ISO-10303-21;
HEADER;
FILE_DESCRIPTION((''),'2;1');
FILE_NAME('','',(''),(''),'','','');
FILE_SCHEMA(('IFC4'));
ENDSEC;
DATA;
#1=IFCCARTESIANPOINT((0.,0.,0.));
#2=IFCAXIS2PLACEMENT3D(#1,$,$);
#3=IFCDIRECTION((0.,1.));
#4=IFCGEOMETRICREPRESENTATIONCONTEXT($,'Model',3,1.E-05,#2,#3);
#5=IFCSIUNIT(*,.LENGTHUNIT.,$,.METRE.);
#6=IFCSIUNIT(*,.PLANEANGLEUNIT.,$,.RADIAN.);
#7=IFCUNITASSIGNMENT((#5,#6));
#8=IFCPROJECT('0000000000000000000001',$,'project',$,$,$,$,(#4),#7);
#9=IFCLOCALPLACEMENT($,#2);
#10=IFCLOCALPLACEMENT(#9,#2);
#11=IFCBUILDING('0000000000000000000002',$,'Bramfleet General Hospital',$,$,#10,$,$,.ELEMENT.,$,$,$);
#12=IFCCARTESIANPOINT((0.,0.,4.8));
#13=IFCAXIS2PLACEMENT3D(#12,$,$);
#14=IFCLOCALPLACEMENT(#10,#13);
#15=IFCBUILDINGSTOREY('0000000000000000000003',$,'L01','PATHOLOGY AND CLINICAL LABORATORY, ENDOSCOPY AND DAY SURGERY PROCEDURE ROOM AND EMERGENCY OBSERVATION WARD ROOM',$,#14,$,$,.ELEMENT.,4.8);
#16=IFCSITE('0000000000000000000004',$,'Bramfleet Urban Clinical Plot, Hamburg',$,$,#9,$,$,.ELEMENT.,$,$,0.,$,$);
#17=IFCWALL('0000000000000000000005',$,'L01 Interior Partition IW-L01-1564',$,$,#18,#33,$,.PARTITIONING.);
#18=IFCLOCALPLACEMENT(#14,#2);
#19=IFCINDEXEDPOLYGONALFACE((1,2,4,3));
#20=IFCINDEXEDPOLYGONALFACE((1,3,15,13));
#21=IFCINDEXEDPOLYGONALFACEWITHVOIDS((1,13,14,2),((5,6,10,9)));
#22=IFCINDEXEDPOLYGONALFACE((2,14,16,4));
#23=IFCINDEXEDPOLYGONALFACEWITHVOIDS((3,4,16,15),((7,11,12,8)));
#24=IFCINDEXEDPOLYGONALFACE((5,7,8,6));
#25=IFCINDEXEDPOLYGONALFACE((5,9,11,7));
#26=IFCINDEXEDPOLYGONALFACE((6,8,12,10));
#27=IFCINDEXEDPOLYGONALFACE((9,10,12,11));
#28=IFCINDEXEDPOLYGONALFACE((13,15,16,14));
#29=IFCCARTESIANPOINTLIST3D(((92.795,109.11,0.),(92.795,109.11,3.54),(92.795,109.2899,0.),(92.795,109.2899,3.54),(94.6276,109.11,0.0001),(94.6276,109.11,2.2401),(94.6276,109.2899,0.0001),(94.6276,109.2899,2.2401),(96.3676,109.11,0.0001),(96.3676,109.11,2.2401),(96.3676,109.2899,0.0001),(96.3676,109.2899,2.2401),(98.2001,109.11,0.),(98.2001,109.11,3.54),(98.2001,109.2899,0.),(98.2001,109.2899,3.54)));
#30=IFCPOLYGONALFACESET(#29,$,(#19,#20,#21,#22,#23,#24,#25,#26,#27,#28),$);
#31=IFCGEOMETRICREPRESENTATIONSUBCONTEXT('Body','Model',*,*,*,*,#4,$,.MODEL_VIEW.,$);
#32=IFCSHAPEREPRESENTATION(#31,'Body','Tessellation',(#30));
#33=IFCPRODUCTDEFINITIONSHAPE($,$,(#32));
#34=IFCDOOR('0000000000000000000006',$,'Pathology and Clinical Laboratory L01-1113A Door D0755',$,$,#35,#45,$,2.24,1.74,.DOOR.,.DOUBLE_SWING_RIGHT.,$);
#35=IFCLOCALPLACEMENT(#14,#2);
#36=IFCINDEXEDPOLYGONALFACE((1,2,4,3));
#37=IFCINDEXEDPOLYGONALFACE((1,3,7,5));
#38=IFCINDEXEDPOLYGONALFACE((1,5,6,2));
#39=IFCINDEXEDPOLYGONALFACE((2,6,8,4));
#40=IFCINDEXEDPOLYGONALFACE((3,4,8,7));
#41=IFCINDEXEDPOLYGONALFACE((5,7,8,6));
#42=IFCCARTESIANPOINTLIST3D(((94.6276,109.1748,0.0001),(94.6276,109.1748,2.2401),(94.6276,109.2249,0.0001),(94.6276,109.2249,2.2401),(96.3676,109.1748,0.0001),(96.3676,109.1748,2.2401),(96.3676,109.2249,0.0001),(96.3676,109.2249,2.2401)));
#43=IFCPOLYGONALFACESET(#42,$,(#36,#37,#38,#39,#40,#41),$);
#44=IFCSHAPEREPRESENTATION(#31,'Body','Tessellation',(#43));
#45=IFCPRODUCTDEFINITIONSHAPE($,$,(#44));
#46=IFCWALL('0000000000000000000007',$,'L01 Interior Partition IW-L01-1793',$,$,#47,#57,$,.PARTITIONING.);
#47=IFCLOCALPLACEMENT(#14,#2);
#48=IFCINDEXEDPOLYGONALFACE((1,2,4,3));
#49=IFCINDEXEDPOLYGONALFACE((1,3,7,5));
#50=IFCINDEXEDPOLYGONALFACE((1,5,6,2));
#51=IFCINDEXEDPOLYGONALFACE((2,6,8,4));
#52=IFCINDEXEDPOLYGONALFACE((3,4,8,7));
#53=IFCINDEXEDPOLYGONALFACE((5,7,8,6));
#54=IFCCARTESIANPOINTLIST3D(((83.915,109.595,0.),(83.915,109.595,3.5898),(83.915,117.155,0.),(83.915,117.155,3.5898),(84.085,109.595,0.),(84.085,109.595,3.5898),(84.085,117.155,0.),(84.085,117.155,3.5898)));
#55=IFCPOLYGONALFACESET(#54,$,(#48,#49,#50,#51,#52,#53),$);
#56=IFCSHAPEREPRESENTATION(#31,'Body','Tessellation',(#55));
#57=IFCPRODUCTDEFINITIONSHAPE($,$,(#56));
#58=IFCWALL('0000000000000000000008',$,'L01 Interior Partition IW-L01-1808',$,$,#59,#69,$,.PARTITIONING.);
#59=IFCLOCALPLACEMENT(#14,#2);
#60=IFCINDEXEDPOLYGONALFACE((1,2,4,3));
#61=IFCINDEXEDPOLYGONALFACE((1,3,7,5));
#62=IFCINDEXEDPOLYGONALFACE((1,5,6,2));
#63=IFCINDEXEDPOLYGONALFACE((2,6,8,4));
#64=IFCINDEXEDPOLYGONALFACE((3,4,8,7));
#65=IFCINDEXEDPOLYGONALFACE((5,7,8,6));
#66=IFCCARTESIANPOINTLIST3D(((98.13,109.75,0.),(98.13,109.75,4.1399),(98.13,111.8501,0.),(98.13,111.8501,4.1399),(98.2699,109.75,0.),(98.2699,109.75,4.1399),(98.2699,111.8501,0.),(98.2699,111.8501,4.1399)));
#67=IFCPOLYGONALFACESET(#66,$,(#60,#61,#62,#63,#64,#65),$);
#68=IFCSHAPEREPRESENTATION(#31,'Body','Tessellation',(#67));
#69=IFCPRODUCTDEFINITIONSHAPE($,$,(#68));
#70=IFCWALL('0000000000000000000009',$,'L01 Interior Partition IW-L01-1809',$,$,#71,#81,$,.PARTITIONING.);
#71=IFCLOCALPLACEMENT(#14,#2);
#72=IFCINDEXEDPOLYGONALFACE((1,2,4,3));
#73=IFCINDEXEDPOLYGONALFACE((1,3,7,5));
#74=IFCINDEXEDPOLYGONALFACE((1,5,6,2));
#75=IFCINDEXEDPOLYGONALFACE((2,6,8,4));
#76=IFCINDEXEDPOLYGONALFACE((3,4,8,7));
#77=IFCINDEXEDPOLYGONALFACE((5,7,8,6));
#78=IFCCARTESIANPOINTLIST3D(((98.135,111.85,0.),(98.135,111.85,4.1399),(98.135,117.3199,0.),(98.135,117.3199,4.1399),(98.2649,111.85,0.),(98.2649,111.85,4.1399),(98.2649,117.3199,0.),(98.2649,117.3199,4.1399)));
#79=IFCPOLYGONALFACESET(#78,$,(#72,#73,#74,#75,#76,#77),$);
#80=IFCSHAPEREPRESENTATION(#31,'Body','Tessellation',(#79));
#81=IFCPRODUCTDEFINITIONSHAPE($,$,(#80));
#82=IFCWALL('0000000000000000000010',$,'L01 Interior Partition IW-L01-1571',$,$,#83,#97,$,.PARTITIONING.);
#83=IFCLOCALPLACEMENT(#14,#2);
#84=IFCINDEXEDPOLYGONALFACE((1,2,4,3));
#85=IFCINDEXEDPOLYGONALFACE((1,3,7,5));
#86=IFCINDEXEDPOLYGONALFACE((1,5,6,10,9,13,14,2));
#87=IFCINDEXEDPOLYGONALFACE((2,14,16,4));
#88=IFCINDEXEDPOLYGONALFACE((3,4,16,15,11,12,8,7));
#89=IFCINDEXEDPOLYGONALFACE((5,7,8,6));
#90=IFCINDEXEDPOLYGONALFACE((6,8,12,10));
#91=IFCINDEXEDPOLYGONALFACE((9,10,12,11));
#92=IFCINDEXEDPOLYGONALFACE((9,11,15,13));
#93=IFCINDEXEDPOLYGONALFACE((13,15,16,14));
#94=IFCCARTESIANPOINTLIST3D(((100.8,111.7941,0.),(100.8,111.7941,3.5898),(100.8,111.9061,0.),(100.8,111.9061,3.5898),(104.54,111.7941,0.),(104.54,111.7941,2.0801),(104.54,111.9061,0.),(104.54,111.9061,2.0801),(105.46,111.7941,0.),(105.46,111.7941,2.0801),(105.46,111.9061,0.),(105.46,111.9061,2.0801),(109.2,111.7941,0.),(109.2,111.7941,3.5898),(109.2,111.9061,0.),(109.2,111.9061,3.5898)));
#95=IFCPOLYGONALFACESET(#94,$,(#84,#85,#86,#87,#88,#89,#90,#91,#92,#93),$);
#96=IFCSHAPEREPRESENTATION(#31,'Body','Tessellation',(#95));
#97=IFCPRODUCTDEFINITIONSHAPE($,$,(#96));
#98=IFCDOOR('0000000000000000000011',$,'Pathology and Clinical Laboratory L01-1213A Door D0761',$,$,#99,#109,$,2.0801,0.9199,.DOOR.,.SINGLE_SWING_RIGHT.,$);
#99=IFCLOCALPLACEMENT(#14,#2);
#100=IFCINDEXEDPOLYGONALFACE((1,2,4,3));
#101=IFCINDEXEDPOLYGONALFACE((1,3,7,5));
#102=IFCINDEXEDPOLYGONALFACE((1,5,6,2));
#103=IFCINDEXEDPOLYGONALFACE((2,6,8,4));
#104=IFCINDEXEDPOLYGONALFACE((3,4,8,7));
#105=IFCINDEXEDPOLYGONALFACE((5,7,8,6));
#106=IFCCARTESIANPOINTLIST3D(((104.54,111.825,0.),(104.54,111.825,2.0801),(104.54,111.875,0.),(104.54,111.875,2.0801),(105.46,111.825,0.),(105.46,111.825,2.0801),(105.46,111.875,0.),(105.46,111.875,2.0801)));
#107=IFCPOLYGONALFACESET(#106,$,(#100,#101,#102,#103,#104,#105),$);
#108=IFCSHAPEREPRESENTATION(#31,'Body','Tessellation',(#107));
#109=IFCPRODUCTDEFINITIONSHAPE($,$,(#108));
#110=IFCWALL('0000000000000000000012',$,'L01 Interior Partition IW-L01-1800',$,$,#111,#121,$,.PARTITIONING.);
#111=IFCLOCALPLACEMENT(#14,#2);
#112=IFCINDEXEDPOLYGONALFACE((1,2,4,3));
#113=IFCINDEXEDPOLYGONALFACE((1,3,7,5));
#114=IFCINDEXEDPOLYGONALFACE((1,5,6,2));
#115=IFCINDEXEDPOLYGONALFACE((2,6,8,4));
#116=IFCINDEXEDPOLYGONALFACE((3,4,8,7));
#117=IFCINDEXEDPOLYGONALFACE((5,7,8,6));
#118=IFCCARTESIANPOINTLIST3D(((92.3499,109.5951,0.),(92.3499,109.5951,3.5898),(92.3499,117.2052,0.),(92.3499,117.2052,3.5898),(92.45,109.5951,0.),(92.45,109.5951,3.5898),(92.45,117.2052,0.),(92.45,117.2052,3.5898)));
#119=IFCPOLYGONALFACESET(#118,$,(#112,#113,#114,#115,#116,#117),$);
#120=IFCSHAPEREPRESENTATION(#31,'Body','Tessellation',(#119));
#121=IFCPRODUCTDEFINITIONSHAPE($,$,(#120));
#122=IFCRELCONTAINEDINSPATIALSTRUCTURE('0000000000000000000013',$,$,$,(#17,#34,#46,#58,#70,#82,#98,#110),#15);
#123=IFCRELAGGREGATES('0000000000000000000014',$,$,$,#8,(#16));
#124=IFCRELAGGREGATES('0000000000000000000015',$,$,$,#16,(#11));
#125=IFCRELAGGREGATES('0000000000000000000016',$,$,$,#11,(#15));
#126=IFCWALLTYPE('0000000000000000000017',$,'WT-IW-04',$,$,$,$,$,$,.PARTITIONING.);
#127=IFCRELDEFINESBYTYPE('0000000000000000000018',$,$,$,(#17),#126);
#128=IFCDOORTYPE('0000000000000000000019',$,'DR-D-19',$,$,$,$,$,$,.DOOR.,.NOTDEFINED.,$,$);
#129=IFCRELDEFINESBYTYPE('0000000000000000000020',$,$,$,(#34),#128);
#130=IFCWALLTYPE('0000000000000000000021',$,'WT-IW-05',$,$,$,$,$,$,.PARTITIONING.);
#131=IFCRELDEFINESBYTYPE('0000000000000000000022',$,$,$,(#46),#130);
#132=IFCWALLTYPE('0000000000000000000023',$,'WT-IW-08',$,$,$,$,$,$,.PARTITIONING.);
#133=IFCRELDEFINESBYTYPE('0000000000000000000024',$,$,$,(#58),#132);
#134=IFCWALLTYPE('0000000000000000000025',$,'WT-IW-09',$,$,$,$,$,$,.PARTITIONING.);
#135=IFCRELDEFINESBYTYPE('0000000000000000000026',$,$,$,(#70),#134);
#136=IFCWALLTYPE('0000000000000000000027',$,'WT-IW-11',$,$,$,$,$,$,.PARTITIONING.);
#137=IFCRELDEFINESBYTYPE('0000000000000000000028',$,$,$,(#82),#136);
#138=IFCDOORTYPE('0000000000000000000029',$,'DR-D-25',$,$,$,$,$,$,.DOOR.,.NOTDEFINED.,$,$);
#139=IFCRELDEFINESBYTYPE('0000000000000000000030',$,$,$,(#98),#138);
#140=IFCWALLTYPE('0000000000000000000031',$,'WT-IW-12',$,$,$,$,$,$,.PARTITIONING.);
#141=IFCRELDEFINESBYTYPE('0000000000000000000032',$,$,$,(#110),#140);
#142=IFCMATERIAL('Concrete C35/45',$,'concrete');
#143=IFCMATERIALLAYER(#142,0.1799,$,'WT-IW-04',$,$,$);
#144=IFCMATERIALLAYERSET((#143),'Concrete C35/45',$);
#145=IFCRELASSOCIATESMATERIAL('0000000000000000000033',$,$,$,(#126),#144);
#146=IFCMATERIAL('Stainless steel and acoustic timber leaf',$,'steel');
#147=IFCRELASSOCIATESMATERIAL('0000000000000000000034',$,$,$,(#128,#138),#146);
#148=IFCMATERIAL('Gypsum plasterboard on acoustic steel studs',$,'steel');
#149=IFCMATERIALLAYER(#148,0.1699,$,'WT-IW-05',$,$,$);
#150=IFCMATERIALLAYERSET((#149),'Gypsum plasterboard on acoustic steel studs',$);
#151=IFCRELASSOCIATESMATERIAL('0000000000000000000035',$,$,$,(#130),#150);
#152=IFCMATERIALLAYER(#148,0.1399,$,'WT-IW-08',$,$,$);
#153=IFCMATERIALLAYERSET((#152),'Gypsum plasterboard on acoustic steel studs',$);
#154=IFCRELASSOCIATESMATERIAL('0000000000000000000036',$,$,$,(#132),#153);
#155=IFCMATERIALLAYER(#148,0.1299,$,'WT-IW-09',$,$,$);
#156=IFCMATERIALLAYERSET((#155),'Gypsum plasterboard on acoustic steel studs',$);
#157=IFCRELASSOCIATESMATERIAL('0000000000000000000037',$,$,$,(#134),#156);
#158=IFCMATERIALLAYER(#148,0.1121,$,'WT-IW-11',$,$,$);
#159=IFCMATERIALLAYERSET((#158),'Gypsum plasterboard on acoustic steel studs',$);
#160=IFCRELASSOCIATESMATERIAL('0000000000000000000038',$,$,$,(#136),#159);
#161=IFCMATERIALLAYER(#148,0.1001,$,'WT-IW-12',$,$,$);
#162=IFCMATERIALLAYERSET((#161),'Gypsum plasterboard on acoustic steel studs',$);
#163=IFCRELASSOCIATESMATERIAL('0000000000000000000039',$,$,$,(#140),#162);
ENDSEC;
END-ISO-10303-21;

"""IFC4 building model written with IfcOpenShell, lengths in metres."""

from ifc_helpers import new_model, si_unit, direction, frame, frame_2d, origin, place, context, subcontext, project, spatial, rectangle, extrude, material, layer, layer_set, type_object, element, fill, save


model = new_model("IFC4")

# Units and contexts
model_context = context("Model", 3, precision=1e-05, world=origin(), true_north=direction((0.0, 1.0)))
body_context = subcontext(model_context, "Body", "Model", "MODEL_VIEW")
ifc_project = project(units=[si_unit("LENGTHUNIT", "METRE"), si_unit("PLANEANGLEUNIT", "RADIAN")], contexts=[model_context])

# Site, building, storey
site_placement = place(None, origin())
site = spatial("IfcSite", under=ifc_project, at=site_placement, Name="Bramfleet Urban Clinical Plot, Hamburg", CompositionType="ELEMENT", RefElevation=0.0)
building_placement = place(site_placement, origin())
building = spatial("IfcBuilding", under=site, at=building_placement, Name="Bramfleet General Hospital", CompositionType="ELEMENT")
storey_placement = place(building_placement, frame((0.0, 0.0, 4.8)))
storey = spatial("IfcBuildingStorey", under=building, at=storey_placement, Name="L01", Description="PATHOLOGY AND CLINICAL LABORATORY, ENDOSCOPY AND DAY SURGERY PROCEDURE ROOM AND EMERGENCY OBSERVATION WARD ROOM", CompositionType="ELEMENT", Elevation=4.8)

# Shared definitions
ifc_material_1 = material(Name="Concrete C35/45", Category="concrete")

# Wall, opening, door
ifc_layer_1 = layer(ifc_material_1, 0.1799, Name="WT-IW-04")
ifc_layer_set_1 = layer_set([ifc_layer_1], Name="Concrete C35/45")
wall_type_1 = type_object("IfcWallType", Name="WT-IW-04", PredefinedType="PARTITIONING", material=ifc_layer_set_1)
wall_1_placement = place(storey_placement, frame((92.7949, 109.2, 0.0), z_axis=(0.0, 0.0, 1.0), x_axis=(1.0, 0.0, 0.0)))
wall_1 = element("IfcWall", 1, at=wall_1_placement, inside=storey, type_object=wall_type_1, Name="L01 Interior Partition IW-L01-1564", PredefinedType="PARTITIONING", context=body_context, shape_type="SweptSolid", body=[
    extrude(rectangle(XDim=5.405, YDim=0.1799, at=frame_2d((2.7026, 0.0))), origin(), (0.0, 0.0, 1.0), 3.54),
])
opening_1_placement = place(wall_1_placement, frame((1.8325, 0.0, 0.0)))
opening_1 = element("IfcOpeningElement", 2, at=opening_1_placement, cuts=wall_1, PredefinedType="OPENING", context=body_context, shape_type="SweptSolid", body=[
    extrude(rectangle(XDim=1.74, YDim=2.24, at=frame_2d((0.8701, 1.1201))), frame((0.0, 0.0999, 0.0), z_axis=(0.0, -1.0, 0.0), x_axis=(1.0, 0.0, 0.0)), (0.0, 0.0, 1.0), 0.2),
])
ifc_material_2 = material(Name="Stainless steel and acoustic timber leaf", Category="steel")
door_type_1 = type_object("IfcDoorType", Name="DR-D-19", OperationType="NOTDEFINED", PredefinedType="DOOR", material=ifc_material_2)
door_1_placement = place(opening_1_placement, origin())
door_1 = element("IfcDoor", 3, at=door_1_placement, inside=storey, type_object=door_type_1, Name="Pathology and Clinical Laboratory L01-1113A Door D0755", OperationType="DOUBLE_SWING_RIGHT", OverallHeight=2.24, OverallWidth=1.74, PredefinedType="DOOR", context=body_context, shape_type="SweptSolid", body=[
    extrude(rectangle(XDim=1.74, YDim=2.24, at=frame_2d((0.8701, 1.1201))), frame((0.0, 0.0249, 0.0), z_axis=(0.0, -1.0, 0.0), x_axis=(1.0, 0.0, 0.0)), (0.0, 0.0, 1.0), 0.05),
])
fill(opening_1, door_1)

# Walls
ifc_material_3 = material(Name="Gypsum plasterboard on acoustic steel studs", Category="steel")
ifc_layer_2 = layer(ifc_material_3, 0.1699, Name="WT-IW-05")
ifc_layer_set_2 = layer_set([ifc_layer_2], Name="Gypsum plasterboard on acoustic steel studs")
wall_type_2 = type_object("IfcWallType", Name="WT-IW-05", PredefinedType="PARTITIONING", material=ifc_layer_set_2)
wall_2_placement = place(storey_placement, frame((84.0, 109.595, 0.0), z_axis=(0.0, 0.0, 1.0), x_axis=(0.0, 1.0, 0.0)))
element("IfcWall", 4, at=wall_2_placement, inside=storey, type_object=wall_type_2, Name="L01 Interior Partition IW-L01-1793", PredefinedType="PARTITIONING", context=body_context, shape_type="SweptSolid", body=[
    extrude(rectangle(XDim=7.5601, YDim=0.1699, at=frame_2d((3.78, 0.0))), origin(), (0.0, 0.0, 1.0), 3.5898),
])
ifc_layer_3 = layer(ifc_material_3, 0.1399, Name="WT-IW-08")
ifc_layer_set_3 = layer_set([ifc_layer_3], Name="Gypsum plasterboard on acoustic steel studs")
wall_type_3 = type_object("IfcWallType", Name="WT-IW-08", PredefinedType="PARTITIONING", material=ifc_layer_set_3)
wall_3_placement = place(storey_placement, frame((98.2, 109.75, 0.0), z_axis=(0.0, 0.0, 1.0), x_axis=(0.0, 1.0, 0.0)))
element("IfcWall", 5, at=wall_3_placement, inside=storey, type_object=wall_type_3, Name="L01 Interior Partition IW-L01-1808", PredefinedType="PARTITIONING", context=body_context, shape_type="SweptSolid", body=[
    extrude(rectangle(XDim=2.1001, YDim=0.1399, at=frame_2d((1.05, 0.0))), origin(), (0.0, 0.0, 1.0), 4.1399),
])
ifc_layer_4 = layer(ifc_material_3, 0.1299, Name="WT-IW-09")
ifc_layer_set_4 = layer_set([ifc_layer_4], Name="Gypsum plasterboard on acoustic steel studs")
wall_type_4 = type_object("IfcWallType", Name="WT-IW-09", PredefinedType="PARTITIONING", material=ifc_layer_set_4)
wall_4_placement = place(storey_placement, frame((98.2, 111.8501, 0.0), z_axis=(0.0, 0.0, 1.0), x_axis=(0.0, 1.0, 0.0)))
element("IfcWall", 6, at=wall_4_placement, inside=storey, type_object=wall_type_4, Name="L01 Interior Partition IW-L01-1809", PredefinedType="PARTITIONING", context=body_context, shape_type="SweptSolid", body=[
    extrude(rectangle(XDim=5.47, YDim=0.1299, at=frame_2d((2.7349, 0.0))), origin(), (0.0, 0.0, 1.0), 4.1399),
])

# Wall, opening, door
ifc_layer_5 = layer(ifc_material_3, 0.1121, Name="WT-IW-11")
ifc_layer_set_5 = layer_set([ifc_layer_5], Name="Gypsum plasterboard on acoustic steel studs")
wall_type_5 = type_object("IfcWallType", Name="WT-IW-11", PredefinedType="PARTITIONING", material=ifc_layer_set_5)
wall_5_placement = place(storey_placement, frame((100.8, 111.8501, 0.0), z_axis=(0.0, 0.0, 1.0), x_axis=(1.0, 0.0, 0.0)))
wall_5 = element("IfcWall", 7, at=wall_5_placement, inside=storey, type_object=wall_type_5, Name="L01 Interior Partition IW-L01-1571", PredefinedType="PARTITIONING", context=body_context, shape_type="SweptSolid", body=[
    extrude(rectangle(XDim=8.3999, YDim=0.1121, at=frame_2d((4.2, 0.0))), origin(), (0.0, 0.0, 1.0), 3.5898),
])
opening_2_placement = place(wall_5_placement, frame((3.74, 0.0, 0.0)))
opening_2 = element("IfcOpeningElement", 8, at=opening_2_placement, cuts=wall_5, PredefinedType="OPENING", context=body_context, shape_type="SweptSolid", body=[
    extrude(rectangle(XDim=0.9199, YDim=2.0801, at=frame_2d((0.46, 1.04))), frame((0.0, 0.0659, 0.0), z_axis=(0.0, -1.0, 0.0), x_axis=(1.0, 0.0, 0.0)), (0.0, 0.0, 1.0), 0.1321),
])
door_type_2 = type_object("IfcDoorType", Name="DR-D-25", OperationType="NOTDEFINED", PredefinedType="DOOR", material=ifc_material_2)
door_2_placement = place(opening_2_placement, origin())
door_2 = element("IfcDoor", 9, at=door_2_placement, inside=storey, type_object=door_type_2, Name="Pathology and Clinical Laboratory L01-1213A Door D0761", OperationType="SINGLE_SWING_RIGHT", OverallHeight=2.0801, OverallWidth=0.9199, PredefinedType="DOOR", context=body_context, shape_type="SweptSolid", body=[
    extrude(rectangle(XDim=0.9199, YDim=2.0801, at=frame_2d((0.46, 1.04))), frame((0.0, 0.0249, 0.0), z_axis=(0.0, -1.0, 0.0), x_axis=(1.0, 0.0, 0.0)), (0.0, 0.0, 1.0), 0.05),
])
fill(opening_2, door_2)

# Wall
ifc_layer_6 = layer(ifc_material_3, 0.1001, Name="WT-IW-12")
ifc_layer_set_6 = layer_set([ifc_layer_6], Name="Gypsum plasterboard on acoustic steel studs")
wall_type_6 = type_object("IfcWallType", Name="WT-IW-12", PredefinedType="PARTITIONING", material=ifc_layer_set_6)
wall_6_placement = place(storey_placement, frame((92.3999, 109.595, 0.0), z_axis=(0.0, 0.0, 1.0), x_axis=(0.0, 1.0, 0.0)))
element("IfcWall", 10, at=wall_6_placement, inside=storey, type_object=wall_type_6, Name="L01 Interior Partition IW-L01-1800", PredefinedType="PARTITIONING", context=body_context, shape_type="SweptSolid", body=[
    extrude(rectangle(XDim=7.6101, YDim=0.1001, at=frame_2d((3.8052, 0.0))), origin(), (0.0, 0.0, 1.0), 3.5898),
])

save(model, "model.ifc")
